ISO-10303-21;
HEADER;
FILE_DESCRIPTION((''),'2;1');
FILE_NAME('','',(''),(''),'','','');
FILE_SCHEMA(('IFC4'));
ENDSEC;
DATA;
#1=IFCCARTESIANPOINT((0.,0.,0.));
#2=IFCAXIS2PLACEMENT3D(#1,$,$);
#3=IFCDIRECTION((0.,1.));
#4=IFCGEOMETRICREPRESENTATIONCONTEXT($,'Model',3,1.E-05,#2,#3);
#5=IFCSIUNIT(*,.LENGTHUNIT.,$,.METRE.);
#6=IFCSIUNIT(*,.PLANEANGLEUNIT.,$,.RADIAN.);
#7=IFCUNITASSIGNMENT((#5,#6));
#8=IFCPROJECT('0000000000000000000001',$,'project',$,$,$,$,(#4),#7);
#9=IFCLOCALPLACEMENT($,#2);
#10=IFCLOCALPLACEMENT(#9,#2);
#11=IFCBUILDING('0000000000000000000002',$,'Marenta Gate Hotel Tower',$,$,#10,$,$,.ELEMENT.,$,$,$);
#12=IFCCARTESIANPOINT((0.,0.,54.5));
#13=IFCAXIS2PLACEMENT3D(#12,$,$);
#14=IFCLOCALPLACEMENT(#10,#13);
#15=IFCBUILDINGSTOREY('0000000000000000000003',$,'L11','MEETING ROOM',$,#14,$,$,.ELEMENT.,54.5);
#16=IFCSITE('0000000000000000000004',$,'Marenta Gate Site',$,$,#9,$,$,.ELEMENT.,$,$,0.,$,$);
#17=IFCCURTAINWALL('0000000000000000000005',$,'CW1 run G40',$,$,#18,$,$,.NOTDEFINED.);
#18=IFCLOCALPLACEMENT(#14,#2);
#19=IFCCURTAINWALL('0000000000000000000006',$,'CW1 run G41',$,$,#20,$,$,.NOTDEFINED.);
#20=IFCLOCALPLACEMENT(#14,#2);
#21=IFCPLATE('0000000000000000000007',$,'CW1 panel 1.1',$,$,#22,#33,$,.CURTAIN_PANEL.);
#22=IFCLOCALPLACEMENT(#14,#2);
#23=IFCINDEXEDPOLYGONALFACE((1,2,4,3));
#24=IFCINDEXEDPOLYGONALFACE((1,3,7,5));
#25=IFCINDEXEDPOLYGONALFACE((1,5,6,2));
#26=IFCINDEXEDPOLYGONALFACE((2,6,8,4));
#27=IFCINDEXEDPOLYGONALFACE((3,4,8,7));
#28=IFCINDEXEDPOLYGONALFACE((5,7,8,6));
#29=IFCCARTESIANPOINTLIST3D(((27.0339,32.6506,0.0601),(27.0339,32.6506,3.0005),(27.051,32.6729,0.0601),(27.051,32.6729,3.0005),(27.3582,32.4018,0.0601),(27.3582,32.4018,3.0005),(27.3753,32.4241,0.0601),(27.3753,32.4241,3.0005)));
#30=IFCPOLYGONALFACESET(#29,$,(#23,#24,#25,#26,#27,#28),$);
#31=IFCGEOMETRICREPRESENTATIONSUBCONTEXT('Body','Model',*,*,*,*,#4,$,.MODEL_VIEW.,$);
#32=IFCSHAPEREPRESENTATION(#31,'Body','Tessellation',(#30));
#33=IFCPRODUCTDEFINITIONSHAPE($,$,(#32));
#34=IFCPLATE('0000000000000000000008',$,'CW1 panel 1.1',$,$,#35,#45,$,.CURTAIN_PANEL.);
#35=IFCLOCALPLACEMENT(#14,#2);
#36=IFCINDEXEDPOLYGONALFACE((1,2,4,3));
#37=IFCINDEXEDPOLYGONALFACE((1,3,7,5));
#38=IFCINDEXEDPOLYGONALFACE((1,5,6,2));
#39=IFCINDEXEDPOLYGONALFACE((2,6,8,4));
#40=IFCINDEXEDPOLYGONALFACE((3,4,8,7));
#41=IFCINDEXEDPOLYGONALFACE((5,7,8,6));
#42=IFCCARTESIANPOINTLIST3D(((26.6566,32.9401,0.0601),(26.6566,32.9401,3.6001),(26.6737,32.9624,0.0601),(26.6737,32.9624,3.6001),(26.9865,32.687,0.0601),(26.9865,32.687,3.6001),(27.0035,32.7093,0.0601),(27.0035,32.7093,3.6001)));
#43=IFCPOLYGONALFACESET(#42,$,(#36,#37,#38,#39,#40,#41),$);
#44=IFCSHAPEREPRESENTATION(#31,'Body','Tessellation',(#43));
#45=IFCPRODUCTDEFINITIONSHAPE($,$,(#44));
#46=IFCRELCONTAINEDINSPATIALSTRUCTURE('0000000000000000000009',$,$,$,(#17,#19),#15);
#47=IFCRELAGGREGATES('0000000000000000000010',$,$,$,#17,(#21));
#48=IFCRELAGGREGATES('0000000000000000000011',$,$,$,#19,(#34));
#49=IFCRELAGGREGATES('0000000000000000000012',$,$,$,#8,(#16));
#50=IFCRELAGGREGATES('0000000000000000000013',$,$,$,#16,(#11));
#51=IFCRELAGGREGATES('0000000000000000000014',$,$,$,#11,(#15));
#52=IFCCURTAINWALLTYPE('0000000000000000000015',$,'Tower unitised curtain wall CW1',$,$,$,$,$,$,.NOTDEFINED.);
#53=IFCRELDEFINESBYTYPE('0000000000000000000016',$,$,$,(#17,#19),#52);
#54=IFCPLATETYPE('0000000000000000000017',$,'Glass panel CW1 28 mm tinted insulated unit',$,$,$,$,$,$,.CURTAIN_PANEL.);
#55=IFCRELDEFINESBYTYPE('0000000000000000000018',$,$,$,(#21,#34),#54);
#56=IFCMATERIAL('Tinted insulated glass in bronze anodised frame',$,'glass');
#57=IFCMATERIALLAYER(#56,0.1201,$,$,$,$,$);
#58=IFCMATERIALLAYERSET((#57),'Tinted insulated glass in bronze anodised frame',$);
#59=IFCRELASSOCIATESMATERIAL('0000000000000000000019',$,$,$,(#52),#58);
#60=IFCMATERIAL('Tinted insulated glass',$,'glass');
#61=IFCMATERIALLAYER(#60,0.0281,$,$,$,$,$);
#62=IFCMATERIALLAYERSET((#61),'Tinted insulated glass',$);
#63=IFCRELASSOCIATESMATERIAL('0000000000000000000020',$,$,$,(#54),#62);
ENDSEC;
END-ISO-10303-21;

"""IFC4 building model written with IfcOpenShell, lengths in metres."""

from ifc_helpers import new_model, si_unit, direction, frame, origin, origin_2d, place, context, subcontext, project, spatial, rectangle, extrude, material, layer, layer_set, type_object, element, aggregate, save


model = new_model("IFC4")

# Units and contexts
model_context = context("Model", 3, precision=1e-05, world=origin(), true_north=direction((0.0, 1.0)))
body_context = subcontext(model_context, "Body", "Model", "MODEL_VIEW")
ifc_project = project(units=[si_unit("LENGTHUNIT", "METRE"), si_unit("PLANEANGLEUNIT", "RADIAN")], contexts=[model_context])

# Site, building, storey
site_placement = place(None, origin())
site = spatial("IfcSite", under=ifc_project, at=site_placement, Name="Marenta Gate Site", CompositionType="ELEMENT", RefElevation=0.0)
building_placement = place(site_placement, origin())
building = spatial("IfcBuilding", under=site, at=building_placement, Name="Marenta Gate Hotel Tower", CompositionType="ELEMENT")
storey_placement = place(building_placement, frame((0.0, 0.0, 54.5)))
storey = spatial("IfcBuildingStorey", under=building, at=storey_placement, Name="L11", Description="MEETING ROOM", CompositionType="ELEMENT", Elevation=54.5)

# Curtain walls
ifc_material_1 = material(Name="Tinted insulated glass in bronze anodised frame", Category="glass")
ifc_layer_1 = layer(ifc_material_1, 0.1201)
ifc_layer_set_1 = layer_set([ifc_layer_1], Name="Tinted insulated glass in bronze anodised frame")
curtain_wall_type = type_object("IfcCurtainWallType", Name="Tower unitised curtain wall CW1", PredefinedType="NOTDEFINED", material=ifc_layer_set_1)
curtain_wall_1_placement = place(storey_placement, origin())
curtain_wall_1 = element("IfcCurtainWall", 1, at=curtain_wall_1_placement, inside=storey, type_object=curtain_wall_type, Name="CW1 run G40", PredefinedType="NOTDEFINED")
curtain_wall_2_placement = place(storey_placement, origin())
curtain_wall_2 = element("IfcCurtainWall", 2, at=curtain_wall_2_placement, inside=storey, type_object=curtain_wall_type, Name="CW1 run G41", PredefinedType="NOTDEFINED")

# Plates
ifc_material_2 = material(Name="Tinted insulated glass", Category="glass")
ifc_layer_2 = layer(ifc_material_2, 0.0281)
ifc_layer_set_2 = layer_set([ifc_layer_2], Name="Tinted insulated glass")
plate_type = type_object("IfcPlateType", Name="Glass panel CW1 28 mm tinted insulated unit", PredefinedType="CURTAIN_PANEL", material=ifc_layer_set_2)
plate_1_placement = place(storey_placement, frame((27.2046, 32.5374, 0.0601), z_axis=(0.0, 0.0, 1.0), x_axis=(-0.793345, 0.608772, 0.0)))
plate_1 = element("IfcPlate", 3, at=plate_1_placement, type_object=plate_type, Name="CW1 panel 1.1", PredefinedType="CURTAIN_PANEL", context=body_context, shape_type="SweptSolid", body=[
    extrude(rectangle(XDim=0.4087, YDim=0.0281, at=origin_2d()), origin(), (0.0, 0.0, 1.0), 2.9404),
])
aggregate(curtain_wall_1, [plate_1])
plate_2_placement = place(storey_placement, frame((26.8301, 32.8247, 0.0601), z_axis=(0.0, 0.0, 1.0), x_axis=(-0.793342, 0.608776, 0.0)))
plate_2 = element("IfcPlate", 4, at=plate_2_placement, type_object=plate_type, Name="CW1 panel 1.1", PredefinedType="CURTAIN_PANEL", context=body_context, shape_type="SweptSolid", body=[
    extrude(rectangle(XDim=0.4158, YDim=0.0281, at=origin_2d()), origin(), (0.0, 0.0, 1.0), 3.54),
])
aggregate(curtain_wall_2, [plate_2])

save(model, "model.ifc")
